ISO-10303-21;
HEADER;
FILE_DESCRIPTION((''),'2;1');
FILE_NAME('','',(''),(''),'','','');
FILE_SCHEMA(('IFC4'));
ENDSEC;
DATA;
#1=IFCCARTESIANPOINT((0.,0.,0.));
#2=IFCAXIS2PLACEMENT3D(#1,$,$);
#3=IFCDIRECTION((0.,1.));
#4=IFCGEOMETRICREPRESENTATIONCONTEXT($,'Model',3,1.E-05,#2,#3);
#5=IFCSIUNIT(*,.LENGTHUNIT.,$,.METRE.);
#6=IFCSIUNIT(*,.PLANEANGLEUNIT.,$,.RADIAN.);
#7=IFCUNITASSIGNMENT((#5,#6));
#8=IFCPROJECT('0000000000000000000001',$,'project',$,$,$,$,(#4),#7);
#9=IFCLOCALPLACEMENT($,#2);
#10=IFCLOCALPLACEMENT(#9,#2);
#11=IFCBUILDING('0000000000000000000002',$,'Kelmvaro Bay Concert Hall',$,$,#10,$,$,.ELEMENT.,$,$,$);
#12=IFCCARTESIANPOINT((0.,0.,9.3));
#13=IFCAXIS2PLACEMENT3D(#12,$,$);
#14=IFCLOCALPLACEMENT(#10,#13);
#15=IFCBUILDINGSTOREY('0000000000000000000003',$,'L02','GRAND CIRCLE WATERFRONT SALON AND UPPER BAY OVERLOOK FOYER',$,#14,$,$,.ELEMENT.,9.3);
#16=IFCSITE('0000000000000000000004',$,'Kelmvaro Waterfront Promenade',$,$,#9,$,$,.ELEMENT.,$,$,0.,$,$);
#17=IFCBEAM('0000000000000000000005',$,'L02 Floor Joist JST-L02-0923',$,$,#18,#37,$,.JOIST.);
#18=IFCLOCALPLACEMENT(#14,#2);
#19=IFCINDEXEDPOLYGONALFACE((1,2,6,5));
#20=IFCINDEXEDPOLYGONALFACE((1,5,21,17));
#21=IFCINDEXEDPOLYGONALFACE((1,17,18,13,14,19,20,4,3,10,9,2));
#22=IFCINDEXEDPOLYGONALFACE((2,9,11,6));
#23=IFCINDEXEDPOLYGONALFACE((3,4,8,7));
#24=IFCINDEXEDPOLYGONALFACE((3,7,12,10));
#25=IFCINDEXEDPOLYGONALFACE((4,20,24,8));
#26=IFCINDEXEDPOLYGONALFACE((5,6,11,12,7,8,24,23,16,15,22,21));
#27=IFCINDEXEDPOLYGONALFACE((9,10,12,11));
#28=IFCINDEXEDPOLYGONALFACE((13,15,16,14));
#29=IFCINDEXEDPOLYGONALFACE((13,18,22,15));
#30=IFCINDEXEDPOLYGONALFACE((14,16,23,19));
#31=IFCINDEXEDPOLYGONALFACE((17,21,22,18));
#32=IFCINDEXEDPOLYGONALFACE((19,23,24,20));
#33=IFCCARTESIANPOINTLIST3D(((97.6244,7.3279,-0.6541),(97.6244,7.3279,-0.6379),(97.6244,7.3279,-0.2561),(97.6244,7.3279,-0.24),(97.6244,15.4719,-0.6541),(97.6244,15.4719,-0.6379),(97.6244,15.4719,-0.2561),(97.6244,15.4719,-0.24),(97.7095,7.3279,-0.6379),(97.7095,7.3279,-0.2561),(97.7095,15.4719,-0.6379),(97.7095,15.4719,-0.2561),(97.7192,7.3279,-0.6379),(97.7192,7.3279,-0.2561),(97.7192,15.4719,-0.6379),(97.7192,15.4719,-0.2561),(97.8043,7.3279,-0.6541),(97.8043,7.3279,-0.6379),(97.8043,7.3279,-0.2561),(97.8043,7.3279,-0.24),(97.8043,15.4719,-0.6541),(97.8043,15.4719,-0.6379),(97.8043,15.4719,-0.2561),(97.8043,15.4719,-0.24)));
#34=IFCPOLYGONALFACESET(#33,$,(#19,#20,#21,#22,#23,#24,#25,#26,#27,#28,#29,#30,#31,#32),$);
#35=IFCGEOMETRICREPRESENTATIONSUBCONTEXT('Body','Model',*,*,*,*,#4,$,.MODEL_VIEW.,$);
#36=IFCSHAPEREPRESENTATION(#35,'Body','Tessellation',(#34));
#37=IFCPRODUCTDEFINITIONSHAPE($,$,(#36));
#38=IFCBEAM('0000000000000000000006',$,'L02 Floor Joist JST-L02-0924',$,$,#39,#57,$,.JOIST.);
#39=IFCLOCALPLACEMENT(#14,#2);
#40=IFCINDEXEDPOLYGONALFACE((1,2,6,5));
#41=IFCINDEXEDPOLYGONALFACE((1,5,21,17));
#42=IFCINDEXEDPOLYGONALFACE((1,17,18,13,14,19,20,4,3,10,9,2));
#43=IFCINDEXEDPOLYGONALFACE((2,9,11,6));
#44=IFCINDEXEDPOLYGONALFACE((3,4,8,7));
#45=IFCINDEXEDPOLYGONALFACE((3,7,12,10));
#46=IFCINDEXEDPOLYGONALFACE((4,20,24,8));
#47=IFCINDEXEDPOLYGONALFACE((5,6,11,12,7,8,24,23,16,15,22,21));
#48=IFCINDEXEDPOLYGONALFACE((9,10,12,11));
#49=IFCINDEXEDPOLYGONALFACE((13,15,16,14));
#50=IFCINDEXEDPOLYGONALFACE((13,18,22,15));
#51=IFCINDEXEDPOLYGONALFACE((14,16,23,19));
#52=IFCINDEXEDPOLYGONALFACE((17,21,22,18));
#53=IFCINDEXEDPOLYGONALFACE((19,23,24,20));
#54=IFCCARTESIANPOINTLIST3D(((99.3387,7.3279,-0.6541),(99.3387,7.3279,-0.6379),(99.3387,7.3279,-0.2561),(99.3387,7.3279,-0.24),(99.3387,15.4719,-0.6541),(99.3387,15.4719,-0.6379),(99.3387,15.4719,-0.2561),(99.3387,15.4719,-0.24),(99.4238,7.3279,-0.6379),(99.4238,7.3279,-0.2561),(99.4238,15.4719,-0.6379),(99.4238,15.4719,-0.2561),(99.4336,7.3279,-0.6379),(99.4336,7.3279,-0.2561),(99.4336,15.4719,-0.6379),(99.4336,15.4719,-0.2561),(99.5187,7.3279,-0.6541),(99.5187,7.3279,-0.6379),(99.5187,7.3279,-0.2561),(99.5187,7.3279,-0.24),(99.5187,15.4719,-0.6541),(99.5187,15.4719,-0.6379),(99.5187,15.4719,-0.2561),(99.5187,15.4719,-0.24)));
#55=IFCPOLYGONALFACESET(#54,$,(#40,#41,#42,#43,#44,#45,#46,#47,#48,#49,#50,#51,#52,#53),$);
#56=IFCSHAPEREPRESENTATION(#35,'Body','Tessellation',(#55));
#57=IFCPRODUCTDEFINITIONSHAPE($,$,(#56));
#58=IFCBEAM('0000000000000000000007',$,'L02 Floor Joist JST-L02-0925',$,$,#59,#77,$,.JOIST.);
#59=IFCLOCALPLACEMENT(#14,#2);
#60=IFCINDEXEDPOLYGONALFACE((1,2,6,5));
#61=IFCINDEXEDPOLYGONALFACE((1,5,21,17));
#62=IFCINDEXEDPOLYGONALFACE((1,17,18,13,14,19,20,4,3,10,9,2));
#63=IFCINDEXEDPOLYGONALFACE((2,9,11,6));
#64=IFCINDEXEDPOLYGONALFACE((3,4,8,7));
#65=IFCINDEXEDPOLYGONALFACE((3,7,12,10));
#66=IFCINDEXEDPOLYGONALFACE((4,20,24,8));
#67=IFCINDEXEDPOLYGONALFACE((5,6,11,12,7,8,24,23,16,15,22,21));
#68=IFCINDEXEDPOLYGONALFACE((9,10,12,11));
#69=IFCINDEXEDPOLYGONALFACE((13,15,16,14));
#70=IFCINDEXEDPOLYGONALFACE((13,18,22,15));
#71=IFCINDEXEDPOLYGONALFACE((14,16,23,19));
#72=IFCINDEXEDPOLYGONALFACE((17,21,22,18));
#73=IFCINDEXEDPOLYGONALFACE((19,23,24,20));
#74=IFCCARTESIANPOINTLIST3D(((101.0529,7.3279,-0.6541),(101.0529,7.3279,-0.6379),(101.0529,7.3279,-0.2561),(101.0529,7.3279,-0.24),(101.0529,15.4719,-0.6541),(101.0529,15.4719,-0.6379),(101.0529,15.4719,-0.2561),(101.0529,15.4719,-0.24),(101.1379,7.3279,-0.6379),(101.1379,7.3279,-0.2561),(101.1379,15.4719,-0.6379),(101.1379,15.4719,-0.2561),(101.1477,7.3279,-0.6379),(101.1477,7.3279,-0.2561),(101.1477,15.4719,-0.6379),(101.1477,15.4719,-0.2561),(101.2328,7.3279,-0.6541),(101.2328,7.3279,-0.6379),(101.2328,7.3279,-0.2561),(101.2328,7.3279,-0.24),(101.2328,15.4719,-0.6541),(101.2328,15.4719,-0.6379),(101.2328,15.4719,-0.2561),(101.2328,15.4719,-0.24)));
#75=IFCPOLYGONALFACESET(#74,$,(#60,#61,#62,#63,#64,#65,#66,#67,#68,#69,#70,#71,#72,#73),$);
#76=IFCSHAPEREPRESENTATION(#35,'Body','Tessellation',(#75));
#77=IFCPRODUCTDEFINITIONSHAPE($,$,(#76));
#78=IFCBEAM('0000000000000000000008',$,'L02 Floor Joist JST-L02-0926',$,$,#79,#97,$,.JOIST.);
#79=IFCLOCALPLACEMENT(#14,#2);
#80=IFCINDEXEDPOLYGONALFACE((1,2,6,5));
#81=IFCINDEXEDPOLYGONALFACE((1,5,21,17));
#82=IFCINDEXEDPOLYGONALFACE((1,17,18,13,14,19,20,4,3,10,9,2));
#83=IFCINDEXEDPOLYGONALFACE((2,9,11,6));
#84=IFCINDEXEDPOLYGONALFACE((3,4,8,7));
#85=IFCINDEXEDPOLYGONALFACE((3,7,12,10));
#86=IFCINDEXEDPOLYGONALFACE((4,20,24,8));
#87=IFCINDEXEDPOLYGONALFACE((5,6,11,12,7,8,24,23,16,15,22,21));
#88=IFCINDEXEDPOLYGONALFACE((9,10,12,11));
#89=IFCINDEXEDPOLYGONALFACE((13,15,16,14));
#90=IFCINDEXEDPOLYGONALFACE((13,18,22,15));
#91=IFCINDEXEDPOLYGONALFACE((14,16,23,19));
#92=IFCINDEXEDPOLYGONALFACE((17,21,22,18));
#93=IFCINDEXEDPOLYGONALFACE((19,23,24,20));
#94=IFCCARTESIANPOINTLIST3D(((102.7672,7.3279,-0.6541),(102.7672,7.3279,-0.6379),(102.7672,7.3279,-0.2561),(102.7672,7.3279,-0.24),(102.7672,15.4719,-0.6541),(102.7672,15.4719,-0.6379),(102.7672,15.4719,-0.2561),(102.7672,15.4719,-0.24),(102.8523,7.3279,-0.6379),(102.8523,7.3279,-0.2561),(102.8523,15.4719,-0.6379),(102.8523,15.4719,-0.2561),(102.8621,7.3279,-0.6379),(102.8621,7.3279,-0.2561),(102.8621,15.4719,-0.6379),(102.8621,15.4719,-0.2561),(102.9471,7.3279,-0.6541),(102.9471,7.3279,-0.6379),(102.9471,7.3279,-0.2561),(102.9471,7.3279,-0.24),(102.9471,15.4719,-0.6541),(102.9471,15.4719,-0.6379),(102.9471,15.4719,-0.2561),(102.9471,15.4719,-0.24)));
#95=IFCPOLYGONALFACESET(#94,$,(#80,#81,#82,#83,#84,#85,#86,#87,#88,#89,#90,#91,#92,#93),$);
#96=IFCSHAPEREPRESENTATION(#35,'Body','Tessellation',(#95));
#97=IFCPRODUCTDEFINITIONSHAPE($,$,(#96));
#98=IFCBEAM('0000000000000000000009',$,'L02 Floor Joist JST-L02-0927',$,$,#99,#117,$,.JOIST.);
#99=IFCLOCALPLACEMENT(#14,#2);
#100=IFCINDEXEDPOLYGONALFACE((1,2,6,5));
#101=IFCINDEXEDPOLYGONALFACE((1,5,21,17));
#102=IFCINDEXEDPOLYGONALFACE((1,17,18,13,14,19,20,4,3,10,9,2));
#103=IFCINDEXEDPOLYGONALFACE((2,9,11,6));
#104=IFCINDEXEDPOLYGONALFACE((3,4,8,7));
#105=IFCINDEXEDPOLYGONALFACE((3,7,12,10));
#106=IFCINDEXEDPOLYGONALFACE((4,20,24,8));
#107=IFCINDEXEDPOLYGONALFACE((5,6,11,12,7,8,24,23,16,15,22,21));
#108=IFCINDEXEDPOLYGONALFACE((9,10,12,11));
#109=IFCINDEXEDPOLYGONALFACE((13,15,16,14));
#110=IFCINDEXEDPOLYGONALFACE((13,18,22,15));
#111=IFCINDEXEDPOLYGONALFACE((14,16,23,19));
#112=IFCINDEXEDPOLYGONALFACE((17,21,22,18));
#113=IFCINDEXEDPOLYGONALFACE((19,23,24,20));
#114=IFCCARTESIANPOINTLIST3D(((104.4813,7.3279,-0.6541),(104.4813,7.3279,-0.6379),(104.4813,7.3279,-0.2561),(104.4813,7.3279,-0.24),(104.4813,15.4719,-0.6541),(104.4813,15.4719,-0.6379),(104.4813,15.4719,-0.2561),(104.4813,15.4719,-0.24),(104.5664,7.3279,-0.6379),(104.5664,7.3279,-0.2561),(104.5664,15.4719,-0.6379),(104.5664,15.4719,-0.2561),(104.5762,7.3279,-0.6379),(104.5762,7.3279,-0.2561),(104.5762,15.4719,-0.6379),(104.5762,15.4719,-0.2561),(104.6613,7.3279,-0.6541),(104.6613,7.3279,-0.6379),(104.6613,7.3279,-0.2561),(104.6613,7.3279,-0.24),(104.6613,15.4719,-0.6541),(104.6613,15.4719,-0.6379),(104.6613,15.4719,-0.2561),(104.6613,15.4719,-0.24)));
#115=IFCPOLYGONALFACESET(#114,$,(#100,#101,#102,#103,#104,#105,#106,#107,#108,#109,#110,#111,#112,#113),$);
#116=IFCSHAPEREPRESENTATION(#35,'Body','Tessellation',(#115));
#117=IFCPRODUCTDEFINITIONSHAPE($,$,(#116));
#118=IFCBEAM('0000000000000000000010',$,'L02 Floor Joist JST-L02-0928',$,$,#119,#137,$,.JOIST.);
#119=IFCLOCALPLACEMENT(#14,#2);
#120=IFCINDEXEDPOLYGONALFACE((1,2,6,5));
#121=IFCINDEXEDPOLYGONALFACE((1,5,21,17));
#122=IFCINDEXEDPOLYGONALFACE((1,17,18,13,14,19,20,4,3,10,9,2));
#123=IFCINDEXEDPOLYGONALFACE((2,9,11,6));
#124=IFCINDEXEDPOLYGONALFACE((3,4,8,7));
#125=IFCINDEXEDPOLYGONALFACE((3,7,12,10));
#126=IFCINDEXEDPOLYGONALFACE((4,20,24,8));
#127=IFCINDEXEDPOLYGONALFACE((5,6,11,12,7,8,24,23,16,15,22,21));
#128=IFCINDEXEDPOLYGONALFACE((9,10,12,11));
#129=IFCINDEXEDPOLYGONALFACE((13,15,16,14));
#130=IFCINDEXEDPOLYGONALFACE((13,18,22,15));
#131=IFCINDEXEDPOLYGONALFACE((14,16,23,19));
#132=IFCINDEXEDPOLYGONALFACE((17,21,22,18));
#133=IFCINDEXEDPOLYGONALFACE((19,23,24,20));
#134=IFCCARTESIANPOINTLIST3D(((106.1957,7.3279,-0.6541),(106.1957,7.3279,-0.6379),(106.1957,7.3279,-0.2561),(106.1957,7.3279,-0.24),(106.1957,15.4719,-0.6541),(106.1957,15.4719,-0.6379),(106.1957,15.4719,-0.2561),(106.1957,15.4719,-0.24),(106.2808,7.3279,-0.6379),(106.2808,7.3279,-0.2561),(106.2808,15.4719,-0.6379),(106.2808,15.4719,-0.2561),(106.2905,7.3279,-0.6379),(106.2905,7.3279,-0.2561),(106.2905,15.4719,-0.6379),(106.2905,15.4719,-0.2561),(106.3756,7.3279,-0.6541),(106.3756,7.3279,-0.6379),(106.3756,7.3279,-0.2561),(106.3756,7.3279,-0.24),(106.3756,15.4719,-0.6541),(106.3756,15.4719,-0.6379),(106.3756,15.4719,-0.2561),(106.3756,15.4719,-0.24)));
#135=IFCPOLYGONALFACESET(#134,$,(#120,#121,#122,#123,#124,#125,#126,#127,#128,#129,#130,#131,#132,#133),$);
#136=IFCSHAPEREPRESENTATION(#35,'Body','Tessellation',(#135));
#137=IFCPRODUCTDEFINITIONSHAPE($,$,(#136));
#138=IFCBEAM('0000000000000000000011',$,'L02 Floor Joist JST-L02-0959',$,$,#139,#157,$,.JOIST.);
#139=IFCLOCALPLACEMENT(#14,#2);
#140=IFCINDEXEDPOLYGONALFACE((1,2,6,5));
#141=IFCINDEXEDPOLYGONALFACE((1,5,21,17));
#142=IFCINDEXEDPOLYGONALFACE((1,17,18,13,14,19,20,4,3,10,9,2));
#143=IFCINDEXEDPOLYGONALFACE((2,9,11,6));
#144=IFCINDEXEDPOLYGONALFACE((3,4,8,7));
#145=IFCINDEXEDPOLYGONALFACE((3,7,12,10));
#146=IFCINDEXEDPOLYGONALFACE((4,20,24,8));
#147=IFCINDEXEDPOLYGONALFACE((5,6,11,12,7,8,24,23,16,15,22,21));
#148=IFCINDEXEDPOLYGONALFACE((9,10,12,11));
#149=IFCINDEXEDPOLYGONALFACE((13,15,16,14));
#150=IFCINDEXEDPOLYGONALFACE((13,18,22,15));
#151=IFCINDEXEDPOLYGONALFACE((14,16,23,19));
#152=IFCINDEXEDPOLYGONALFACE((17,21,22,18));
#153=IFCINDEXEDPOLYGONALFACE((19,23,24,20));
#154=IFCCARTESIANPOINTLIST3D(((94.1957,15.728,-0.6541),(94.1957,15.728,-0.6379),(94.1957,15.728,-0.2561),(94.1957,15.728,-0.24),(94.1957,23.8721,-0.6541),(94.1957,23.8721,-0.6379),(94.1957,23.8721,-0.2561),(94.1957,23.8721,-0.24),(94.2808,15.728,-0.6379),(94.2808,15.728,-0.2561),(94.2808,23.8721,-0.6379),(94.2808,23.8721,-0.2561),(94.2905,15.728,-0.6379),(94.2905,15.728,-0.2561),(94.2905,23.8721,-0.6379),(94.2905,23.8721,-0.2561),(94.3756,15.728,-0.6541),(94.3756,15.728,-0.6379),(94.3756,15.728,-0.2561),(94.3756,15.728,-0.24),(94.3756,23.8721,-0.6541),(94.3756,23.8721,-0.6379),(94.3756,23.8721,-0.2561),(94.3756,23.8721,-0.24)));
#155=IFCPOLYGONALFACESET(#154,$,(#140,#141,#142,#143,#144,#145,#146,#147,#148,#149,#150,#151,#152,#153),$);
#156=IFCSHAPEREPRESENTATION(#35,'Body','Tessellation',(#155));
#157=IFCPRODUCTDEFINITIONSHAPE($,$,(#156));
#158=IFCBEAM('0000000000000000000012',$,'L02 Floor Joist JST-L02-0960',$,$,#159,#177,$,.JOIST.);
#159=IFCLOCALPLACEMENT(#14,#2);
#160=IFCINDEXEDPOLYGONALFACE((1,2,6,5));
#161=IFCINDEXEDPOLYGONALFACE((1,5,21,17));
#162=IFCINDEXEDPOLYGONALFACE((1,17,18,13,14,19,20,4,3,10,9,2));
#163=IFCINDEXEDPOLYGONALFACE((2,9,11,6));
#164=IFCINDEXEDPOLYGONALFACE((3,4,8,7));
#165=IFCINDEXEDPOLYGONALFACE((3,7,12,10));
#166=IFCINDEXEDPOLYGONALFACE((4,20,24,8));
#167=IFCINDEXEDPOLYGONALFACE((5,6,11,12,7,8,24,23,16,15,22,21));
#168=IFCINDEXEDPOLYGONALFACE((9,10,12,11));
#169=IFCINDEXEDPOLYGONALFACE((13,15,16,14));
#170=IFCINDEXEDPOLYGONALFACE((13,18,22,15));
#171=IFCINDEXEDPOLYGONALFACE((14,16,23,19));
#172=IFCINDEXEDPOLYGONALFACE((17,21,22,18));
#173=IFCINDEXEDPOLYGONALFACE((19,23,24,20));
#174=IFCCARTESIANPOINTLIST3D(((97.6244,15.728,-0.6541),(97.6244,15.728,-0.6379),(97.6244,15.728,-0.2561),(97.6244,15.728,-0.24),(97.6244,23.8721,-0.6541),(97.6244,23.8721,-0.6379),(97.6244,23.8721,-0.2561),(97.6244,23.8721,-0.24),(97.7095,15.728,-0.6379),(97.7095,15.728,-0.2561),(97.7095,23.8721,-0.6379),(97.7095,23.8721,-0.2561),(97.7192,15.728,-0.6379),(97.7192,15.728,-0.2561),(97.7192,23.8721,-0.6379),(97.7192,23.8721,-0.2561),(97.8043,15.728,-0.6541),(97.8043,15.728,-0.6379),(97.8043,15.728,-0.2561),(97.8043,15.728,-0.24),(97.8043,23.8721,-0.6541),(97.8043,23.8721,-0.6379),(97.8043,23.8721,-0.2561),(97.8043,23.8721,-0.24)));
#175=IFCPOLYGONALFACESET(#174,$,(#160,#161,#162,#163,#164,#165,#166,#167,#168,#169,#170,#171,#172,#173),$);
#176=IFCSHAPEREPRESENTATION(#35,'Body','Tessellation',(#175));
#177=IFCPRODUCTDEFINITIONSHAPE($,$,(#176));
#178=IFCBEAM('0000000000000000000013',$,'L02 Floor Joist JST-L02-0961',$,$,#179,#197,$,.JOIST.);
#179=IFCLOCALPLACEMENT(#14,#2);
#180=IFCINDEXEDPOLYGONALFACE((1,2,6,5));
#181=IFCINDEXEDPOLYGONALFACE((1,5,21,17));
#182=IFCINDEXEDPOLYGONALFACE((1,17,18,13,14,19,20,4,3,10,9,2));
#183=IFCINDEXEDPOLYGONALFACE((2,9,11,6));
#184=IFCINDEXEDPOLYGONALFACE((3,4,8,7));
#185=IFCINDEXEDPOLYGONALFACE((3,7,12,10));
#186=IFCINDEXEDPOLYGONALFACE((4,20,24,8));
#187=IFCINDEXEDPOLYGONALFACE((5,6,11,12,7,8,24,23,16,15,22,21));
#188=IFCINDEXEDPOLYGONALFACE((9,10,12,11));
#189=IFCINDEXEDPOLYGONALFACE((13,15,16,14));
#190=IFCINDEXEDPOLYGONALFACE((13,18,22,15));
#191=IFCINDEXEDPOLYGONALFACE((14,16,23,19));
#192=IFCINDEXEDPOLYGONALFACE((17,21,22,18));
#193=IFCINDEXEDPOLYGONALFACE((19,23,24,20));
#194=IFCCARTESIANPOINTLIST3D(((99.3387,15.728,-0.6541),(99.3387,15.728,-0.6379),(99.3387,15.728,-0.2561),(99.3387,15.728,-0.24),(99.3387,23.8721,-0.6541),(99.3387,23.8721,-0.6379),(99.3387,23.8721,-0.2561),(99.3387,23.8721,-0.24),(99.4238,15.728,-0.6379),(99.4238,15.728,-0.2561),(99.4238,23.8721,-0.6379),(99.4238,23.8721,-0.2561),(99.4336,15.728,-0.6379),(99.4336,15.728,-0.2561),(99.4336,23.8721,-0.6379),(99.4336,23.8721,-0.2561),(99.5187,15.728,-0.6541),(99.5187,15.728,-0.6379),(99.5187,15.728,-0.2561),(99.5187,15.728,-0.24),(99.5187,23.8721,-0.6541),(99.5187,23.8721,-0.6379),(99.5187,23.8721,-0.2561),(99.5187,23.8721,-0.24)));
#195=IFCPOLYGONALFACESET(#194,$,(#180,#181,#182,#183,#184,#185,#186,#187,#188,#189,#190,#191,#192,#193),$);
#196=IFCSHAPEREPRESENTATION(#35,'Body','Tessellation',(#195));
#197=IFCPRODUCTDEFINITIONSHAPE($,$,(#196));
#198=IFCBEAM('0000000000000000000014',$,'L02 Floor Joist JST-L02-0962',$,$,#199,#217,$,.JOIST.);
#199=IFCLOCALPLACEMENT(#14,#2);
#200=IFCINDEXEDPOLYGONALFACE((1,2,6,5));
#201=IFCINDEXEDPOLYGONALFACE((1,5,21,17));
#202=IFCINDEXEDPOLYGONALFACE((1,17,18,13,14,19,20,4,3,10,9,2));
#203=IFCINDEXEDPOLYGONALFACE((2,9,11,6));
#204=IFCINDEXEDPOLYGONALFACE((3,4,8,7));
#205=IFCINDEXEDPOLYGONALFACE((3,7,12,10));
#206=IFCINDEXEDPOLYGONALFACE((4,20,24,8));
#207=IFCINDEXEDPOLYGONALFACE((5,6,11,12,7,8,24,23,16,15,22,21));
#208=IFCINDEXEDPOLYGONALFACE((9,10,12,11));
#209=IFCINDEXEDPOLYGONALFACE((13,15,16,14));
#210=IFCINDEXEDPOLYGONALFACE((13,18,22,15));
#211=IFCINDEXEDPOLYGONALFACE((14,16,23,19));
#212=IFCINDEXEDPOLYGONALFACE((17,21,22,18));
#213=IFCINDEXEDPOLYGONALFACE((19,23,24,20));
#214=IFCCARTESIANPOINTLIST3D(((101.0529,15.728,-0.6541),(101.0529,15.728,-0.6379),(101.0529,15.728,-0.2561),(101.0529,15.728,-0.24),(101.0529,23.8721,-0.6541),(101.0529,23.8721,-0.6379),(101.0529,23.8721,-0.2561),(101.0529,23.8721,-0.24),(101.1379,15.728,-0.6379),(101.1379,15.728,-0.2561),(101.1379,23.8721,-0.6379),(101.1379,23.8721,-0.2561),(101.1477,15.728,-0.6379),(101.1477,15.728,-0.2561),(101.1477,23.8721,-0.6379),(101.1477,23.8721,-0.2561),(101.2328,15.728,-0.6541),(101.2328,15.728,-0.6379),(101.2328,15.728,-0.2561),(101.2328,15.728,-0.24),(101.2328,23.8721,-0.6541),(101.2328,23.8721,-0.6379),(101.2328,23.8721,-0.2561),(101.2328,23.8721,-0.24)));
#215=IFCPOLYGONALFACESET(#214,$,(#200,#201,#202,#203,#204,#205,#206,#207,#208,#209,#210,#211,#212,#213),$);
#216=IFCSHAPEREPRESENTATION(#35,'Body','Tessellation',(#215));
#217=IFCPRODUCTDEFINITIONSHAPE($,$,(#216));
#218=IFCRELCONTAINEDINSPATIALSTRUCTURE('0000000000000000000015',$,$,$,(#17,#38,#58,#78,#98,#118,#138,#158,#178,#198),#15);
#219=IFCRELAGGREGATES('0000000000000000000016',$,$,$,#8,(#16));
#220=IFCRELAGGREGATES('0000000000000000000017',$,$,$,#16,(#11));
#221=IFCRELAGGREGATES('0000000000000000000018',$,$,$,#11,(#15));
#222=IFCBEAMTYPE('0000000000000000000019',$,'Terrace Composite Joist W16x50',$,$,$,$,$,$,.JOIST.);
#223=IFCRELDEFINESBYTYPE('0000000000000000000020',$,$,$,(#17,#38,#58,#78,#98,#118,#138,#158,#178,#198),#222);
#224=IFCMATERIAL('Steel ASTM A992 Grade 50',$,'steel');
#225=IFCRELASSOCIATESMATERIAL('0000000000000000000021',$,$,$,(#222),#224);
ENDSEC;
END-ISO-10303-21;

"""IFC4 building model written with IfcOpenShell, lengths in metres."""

from ifc_helpers import new_model, si_unit, direction, frame, origin, origin_2d, place, context, subcontext, project, spatial, i_section, extrude, material, material_profile, profile_set, type_object, element, save


model = new_model("IFC4")

# Units and contexts
model_context = context("Model", 3, precision=1e-05, world=origin(), true_north=direction((0.0, 1.0)))
body_context = subcontext(model_context, "Body", "Model", "MODEL_VIEW")
ifc_project = project(units=[si_unit("LENGTHUNIT", "METRE"), si_unit("PLANEANGLEUNIT", "RADIAN")], contexts=[model_context])

# Site, building, storey
site_placement = place(None, origin())
site = spatial("IfcSite", under=ifc_project, at=site_placement, Name="Kelmvaro Waterfront Promenade", CompositionType="ELEMENT", RefElevation=0.0)
building_placement = place(site_placement, origin())
building = spatial("IfcBuilding", under=site, at=building_placement, Name="Kelmvaro Bay Concert Hall", CompositionType="ELEMENT")
storey_placement = place(building_placement, frame((0.0, 0.0, 9.3)))
storey = spatial("IfcBuildingStorey", under=building, at=storey_placement, Name="L02", Description="GRAND CIRCLE WATERFRONT SALON AND UPPER BAY OVERLOOK FOYER", CompositionType="ELEMENT", Elevation=9.3)

# Beams
ifc_material_1 = material(Name="Steel ASTM A992 Grade 50", Category="steel")
ifc_material_profile_1 = material_profile(ifc_material_1, i_section(OverallWidth=0.1799, OverallDepth=0.4141, WebThickness=0.0098, FlangeThickness=0.0161, at=origin_2d()), Name="W16X50")
ifc_profile_set_1 = profile_set([ifc_material_profile_1], Name="Steel ASTM A992 Grade 50")
beam_type_1 = type_object("IfcBeamType", Name="Terrace Composite Joist W16x50", PredefinedType="JOIST", material=ifc_profile_set_1)
for number, where, z_axis, x_axis, name in (
    (1, (97.7144, 7.3279, -0.447), (0.0, 1.0, 0.0), (-1.0, 0.0, 0.0), "L02 Floor Joist JST-L02-0923"),
    (2, (99.4287, 7.3279, -0.447), (0.0, 1.0, 0.0), (-1.0, 0.0, 0.0), "L02 Floor Joist JST-L02-0924"),
    (3, (101.1428, 7.3279, -0.447), (0.0, 1.0, 0.0), (-1.0, 0.0, 0.0), "L02 Floor Joist JST-L02-0925"),
    (4, (102.8572, 7.3279, -0.447), (0.0, 1.0, 0.0), (-1.0, 0.0, 0.0), "L02 Floor Joist JST-L02-0926"),
    (5, (104.5713, 7.3279, -0.447), (0.0, 1.0, 0.0), (-1.0, 0.0, 0.0), "L02 Floor Joist JST-L02-0927"),
    (6, (106.2856, 7.3279, -0.447), (0.0, 1.0, 0.0), (-1.0, 0.0, 0.0), "L02 Floor Joist JST-L02-0928"),
    (7, (94.2856, 15.728, -0.447), (0.0, 1.0, 0.0), (-1.0, 0.0, 0.0), "L02 Floor Joist JST-L02-0959"),
    (8, (97.7144, 15.728, -0.447), (0.0, 1.0, 0.0), (-1.0, 0.0, 0.0), "L02 Floor Joist JST-L02-0960"),
    (9, (99.4287, 15.728, -0.447), (0.0, 1.0, 0.0), (-1.0, 0.0, 0.0), "L02 Floor Joist JST-L02-0961"),
    (10, (101.1428, 15.728, -0.447), (0.0, 1.0, 0.0), (-1.0, 0.0, 0.0), "L02 Floor Joist JST-L02-0962"),
):
    element("IfcBeam", number, at=place(storey_placement, frame(where, z_axis=z_axis, x_axis=x_axis)), inside=storey, type_object=beam_type_1, Name=name, PredefinedType="JOIST", context=body_context, shape_type="SweptSolid", body=[
        extrude(i_section(OverallWidth=0.1799, OverallDepth=0.4141, WebThickness=0.0098, FlangeThickness=0.0161, at=origin_2d()), origin(), (0.0, 0.0, 1.0), 8.144),
    ])

save(model, "model.ifc")
